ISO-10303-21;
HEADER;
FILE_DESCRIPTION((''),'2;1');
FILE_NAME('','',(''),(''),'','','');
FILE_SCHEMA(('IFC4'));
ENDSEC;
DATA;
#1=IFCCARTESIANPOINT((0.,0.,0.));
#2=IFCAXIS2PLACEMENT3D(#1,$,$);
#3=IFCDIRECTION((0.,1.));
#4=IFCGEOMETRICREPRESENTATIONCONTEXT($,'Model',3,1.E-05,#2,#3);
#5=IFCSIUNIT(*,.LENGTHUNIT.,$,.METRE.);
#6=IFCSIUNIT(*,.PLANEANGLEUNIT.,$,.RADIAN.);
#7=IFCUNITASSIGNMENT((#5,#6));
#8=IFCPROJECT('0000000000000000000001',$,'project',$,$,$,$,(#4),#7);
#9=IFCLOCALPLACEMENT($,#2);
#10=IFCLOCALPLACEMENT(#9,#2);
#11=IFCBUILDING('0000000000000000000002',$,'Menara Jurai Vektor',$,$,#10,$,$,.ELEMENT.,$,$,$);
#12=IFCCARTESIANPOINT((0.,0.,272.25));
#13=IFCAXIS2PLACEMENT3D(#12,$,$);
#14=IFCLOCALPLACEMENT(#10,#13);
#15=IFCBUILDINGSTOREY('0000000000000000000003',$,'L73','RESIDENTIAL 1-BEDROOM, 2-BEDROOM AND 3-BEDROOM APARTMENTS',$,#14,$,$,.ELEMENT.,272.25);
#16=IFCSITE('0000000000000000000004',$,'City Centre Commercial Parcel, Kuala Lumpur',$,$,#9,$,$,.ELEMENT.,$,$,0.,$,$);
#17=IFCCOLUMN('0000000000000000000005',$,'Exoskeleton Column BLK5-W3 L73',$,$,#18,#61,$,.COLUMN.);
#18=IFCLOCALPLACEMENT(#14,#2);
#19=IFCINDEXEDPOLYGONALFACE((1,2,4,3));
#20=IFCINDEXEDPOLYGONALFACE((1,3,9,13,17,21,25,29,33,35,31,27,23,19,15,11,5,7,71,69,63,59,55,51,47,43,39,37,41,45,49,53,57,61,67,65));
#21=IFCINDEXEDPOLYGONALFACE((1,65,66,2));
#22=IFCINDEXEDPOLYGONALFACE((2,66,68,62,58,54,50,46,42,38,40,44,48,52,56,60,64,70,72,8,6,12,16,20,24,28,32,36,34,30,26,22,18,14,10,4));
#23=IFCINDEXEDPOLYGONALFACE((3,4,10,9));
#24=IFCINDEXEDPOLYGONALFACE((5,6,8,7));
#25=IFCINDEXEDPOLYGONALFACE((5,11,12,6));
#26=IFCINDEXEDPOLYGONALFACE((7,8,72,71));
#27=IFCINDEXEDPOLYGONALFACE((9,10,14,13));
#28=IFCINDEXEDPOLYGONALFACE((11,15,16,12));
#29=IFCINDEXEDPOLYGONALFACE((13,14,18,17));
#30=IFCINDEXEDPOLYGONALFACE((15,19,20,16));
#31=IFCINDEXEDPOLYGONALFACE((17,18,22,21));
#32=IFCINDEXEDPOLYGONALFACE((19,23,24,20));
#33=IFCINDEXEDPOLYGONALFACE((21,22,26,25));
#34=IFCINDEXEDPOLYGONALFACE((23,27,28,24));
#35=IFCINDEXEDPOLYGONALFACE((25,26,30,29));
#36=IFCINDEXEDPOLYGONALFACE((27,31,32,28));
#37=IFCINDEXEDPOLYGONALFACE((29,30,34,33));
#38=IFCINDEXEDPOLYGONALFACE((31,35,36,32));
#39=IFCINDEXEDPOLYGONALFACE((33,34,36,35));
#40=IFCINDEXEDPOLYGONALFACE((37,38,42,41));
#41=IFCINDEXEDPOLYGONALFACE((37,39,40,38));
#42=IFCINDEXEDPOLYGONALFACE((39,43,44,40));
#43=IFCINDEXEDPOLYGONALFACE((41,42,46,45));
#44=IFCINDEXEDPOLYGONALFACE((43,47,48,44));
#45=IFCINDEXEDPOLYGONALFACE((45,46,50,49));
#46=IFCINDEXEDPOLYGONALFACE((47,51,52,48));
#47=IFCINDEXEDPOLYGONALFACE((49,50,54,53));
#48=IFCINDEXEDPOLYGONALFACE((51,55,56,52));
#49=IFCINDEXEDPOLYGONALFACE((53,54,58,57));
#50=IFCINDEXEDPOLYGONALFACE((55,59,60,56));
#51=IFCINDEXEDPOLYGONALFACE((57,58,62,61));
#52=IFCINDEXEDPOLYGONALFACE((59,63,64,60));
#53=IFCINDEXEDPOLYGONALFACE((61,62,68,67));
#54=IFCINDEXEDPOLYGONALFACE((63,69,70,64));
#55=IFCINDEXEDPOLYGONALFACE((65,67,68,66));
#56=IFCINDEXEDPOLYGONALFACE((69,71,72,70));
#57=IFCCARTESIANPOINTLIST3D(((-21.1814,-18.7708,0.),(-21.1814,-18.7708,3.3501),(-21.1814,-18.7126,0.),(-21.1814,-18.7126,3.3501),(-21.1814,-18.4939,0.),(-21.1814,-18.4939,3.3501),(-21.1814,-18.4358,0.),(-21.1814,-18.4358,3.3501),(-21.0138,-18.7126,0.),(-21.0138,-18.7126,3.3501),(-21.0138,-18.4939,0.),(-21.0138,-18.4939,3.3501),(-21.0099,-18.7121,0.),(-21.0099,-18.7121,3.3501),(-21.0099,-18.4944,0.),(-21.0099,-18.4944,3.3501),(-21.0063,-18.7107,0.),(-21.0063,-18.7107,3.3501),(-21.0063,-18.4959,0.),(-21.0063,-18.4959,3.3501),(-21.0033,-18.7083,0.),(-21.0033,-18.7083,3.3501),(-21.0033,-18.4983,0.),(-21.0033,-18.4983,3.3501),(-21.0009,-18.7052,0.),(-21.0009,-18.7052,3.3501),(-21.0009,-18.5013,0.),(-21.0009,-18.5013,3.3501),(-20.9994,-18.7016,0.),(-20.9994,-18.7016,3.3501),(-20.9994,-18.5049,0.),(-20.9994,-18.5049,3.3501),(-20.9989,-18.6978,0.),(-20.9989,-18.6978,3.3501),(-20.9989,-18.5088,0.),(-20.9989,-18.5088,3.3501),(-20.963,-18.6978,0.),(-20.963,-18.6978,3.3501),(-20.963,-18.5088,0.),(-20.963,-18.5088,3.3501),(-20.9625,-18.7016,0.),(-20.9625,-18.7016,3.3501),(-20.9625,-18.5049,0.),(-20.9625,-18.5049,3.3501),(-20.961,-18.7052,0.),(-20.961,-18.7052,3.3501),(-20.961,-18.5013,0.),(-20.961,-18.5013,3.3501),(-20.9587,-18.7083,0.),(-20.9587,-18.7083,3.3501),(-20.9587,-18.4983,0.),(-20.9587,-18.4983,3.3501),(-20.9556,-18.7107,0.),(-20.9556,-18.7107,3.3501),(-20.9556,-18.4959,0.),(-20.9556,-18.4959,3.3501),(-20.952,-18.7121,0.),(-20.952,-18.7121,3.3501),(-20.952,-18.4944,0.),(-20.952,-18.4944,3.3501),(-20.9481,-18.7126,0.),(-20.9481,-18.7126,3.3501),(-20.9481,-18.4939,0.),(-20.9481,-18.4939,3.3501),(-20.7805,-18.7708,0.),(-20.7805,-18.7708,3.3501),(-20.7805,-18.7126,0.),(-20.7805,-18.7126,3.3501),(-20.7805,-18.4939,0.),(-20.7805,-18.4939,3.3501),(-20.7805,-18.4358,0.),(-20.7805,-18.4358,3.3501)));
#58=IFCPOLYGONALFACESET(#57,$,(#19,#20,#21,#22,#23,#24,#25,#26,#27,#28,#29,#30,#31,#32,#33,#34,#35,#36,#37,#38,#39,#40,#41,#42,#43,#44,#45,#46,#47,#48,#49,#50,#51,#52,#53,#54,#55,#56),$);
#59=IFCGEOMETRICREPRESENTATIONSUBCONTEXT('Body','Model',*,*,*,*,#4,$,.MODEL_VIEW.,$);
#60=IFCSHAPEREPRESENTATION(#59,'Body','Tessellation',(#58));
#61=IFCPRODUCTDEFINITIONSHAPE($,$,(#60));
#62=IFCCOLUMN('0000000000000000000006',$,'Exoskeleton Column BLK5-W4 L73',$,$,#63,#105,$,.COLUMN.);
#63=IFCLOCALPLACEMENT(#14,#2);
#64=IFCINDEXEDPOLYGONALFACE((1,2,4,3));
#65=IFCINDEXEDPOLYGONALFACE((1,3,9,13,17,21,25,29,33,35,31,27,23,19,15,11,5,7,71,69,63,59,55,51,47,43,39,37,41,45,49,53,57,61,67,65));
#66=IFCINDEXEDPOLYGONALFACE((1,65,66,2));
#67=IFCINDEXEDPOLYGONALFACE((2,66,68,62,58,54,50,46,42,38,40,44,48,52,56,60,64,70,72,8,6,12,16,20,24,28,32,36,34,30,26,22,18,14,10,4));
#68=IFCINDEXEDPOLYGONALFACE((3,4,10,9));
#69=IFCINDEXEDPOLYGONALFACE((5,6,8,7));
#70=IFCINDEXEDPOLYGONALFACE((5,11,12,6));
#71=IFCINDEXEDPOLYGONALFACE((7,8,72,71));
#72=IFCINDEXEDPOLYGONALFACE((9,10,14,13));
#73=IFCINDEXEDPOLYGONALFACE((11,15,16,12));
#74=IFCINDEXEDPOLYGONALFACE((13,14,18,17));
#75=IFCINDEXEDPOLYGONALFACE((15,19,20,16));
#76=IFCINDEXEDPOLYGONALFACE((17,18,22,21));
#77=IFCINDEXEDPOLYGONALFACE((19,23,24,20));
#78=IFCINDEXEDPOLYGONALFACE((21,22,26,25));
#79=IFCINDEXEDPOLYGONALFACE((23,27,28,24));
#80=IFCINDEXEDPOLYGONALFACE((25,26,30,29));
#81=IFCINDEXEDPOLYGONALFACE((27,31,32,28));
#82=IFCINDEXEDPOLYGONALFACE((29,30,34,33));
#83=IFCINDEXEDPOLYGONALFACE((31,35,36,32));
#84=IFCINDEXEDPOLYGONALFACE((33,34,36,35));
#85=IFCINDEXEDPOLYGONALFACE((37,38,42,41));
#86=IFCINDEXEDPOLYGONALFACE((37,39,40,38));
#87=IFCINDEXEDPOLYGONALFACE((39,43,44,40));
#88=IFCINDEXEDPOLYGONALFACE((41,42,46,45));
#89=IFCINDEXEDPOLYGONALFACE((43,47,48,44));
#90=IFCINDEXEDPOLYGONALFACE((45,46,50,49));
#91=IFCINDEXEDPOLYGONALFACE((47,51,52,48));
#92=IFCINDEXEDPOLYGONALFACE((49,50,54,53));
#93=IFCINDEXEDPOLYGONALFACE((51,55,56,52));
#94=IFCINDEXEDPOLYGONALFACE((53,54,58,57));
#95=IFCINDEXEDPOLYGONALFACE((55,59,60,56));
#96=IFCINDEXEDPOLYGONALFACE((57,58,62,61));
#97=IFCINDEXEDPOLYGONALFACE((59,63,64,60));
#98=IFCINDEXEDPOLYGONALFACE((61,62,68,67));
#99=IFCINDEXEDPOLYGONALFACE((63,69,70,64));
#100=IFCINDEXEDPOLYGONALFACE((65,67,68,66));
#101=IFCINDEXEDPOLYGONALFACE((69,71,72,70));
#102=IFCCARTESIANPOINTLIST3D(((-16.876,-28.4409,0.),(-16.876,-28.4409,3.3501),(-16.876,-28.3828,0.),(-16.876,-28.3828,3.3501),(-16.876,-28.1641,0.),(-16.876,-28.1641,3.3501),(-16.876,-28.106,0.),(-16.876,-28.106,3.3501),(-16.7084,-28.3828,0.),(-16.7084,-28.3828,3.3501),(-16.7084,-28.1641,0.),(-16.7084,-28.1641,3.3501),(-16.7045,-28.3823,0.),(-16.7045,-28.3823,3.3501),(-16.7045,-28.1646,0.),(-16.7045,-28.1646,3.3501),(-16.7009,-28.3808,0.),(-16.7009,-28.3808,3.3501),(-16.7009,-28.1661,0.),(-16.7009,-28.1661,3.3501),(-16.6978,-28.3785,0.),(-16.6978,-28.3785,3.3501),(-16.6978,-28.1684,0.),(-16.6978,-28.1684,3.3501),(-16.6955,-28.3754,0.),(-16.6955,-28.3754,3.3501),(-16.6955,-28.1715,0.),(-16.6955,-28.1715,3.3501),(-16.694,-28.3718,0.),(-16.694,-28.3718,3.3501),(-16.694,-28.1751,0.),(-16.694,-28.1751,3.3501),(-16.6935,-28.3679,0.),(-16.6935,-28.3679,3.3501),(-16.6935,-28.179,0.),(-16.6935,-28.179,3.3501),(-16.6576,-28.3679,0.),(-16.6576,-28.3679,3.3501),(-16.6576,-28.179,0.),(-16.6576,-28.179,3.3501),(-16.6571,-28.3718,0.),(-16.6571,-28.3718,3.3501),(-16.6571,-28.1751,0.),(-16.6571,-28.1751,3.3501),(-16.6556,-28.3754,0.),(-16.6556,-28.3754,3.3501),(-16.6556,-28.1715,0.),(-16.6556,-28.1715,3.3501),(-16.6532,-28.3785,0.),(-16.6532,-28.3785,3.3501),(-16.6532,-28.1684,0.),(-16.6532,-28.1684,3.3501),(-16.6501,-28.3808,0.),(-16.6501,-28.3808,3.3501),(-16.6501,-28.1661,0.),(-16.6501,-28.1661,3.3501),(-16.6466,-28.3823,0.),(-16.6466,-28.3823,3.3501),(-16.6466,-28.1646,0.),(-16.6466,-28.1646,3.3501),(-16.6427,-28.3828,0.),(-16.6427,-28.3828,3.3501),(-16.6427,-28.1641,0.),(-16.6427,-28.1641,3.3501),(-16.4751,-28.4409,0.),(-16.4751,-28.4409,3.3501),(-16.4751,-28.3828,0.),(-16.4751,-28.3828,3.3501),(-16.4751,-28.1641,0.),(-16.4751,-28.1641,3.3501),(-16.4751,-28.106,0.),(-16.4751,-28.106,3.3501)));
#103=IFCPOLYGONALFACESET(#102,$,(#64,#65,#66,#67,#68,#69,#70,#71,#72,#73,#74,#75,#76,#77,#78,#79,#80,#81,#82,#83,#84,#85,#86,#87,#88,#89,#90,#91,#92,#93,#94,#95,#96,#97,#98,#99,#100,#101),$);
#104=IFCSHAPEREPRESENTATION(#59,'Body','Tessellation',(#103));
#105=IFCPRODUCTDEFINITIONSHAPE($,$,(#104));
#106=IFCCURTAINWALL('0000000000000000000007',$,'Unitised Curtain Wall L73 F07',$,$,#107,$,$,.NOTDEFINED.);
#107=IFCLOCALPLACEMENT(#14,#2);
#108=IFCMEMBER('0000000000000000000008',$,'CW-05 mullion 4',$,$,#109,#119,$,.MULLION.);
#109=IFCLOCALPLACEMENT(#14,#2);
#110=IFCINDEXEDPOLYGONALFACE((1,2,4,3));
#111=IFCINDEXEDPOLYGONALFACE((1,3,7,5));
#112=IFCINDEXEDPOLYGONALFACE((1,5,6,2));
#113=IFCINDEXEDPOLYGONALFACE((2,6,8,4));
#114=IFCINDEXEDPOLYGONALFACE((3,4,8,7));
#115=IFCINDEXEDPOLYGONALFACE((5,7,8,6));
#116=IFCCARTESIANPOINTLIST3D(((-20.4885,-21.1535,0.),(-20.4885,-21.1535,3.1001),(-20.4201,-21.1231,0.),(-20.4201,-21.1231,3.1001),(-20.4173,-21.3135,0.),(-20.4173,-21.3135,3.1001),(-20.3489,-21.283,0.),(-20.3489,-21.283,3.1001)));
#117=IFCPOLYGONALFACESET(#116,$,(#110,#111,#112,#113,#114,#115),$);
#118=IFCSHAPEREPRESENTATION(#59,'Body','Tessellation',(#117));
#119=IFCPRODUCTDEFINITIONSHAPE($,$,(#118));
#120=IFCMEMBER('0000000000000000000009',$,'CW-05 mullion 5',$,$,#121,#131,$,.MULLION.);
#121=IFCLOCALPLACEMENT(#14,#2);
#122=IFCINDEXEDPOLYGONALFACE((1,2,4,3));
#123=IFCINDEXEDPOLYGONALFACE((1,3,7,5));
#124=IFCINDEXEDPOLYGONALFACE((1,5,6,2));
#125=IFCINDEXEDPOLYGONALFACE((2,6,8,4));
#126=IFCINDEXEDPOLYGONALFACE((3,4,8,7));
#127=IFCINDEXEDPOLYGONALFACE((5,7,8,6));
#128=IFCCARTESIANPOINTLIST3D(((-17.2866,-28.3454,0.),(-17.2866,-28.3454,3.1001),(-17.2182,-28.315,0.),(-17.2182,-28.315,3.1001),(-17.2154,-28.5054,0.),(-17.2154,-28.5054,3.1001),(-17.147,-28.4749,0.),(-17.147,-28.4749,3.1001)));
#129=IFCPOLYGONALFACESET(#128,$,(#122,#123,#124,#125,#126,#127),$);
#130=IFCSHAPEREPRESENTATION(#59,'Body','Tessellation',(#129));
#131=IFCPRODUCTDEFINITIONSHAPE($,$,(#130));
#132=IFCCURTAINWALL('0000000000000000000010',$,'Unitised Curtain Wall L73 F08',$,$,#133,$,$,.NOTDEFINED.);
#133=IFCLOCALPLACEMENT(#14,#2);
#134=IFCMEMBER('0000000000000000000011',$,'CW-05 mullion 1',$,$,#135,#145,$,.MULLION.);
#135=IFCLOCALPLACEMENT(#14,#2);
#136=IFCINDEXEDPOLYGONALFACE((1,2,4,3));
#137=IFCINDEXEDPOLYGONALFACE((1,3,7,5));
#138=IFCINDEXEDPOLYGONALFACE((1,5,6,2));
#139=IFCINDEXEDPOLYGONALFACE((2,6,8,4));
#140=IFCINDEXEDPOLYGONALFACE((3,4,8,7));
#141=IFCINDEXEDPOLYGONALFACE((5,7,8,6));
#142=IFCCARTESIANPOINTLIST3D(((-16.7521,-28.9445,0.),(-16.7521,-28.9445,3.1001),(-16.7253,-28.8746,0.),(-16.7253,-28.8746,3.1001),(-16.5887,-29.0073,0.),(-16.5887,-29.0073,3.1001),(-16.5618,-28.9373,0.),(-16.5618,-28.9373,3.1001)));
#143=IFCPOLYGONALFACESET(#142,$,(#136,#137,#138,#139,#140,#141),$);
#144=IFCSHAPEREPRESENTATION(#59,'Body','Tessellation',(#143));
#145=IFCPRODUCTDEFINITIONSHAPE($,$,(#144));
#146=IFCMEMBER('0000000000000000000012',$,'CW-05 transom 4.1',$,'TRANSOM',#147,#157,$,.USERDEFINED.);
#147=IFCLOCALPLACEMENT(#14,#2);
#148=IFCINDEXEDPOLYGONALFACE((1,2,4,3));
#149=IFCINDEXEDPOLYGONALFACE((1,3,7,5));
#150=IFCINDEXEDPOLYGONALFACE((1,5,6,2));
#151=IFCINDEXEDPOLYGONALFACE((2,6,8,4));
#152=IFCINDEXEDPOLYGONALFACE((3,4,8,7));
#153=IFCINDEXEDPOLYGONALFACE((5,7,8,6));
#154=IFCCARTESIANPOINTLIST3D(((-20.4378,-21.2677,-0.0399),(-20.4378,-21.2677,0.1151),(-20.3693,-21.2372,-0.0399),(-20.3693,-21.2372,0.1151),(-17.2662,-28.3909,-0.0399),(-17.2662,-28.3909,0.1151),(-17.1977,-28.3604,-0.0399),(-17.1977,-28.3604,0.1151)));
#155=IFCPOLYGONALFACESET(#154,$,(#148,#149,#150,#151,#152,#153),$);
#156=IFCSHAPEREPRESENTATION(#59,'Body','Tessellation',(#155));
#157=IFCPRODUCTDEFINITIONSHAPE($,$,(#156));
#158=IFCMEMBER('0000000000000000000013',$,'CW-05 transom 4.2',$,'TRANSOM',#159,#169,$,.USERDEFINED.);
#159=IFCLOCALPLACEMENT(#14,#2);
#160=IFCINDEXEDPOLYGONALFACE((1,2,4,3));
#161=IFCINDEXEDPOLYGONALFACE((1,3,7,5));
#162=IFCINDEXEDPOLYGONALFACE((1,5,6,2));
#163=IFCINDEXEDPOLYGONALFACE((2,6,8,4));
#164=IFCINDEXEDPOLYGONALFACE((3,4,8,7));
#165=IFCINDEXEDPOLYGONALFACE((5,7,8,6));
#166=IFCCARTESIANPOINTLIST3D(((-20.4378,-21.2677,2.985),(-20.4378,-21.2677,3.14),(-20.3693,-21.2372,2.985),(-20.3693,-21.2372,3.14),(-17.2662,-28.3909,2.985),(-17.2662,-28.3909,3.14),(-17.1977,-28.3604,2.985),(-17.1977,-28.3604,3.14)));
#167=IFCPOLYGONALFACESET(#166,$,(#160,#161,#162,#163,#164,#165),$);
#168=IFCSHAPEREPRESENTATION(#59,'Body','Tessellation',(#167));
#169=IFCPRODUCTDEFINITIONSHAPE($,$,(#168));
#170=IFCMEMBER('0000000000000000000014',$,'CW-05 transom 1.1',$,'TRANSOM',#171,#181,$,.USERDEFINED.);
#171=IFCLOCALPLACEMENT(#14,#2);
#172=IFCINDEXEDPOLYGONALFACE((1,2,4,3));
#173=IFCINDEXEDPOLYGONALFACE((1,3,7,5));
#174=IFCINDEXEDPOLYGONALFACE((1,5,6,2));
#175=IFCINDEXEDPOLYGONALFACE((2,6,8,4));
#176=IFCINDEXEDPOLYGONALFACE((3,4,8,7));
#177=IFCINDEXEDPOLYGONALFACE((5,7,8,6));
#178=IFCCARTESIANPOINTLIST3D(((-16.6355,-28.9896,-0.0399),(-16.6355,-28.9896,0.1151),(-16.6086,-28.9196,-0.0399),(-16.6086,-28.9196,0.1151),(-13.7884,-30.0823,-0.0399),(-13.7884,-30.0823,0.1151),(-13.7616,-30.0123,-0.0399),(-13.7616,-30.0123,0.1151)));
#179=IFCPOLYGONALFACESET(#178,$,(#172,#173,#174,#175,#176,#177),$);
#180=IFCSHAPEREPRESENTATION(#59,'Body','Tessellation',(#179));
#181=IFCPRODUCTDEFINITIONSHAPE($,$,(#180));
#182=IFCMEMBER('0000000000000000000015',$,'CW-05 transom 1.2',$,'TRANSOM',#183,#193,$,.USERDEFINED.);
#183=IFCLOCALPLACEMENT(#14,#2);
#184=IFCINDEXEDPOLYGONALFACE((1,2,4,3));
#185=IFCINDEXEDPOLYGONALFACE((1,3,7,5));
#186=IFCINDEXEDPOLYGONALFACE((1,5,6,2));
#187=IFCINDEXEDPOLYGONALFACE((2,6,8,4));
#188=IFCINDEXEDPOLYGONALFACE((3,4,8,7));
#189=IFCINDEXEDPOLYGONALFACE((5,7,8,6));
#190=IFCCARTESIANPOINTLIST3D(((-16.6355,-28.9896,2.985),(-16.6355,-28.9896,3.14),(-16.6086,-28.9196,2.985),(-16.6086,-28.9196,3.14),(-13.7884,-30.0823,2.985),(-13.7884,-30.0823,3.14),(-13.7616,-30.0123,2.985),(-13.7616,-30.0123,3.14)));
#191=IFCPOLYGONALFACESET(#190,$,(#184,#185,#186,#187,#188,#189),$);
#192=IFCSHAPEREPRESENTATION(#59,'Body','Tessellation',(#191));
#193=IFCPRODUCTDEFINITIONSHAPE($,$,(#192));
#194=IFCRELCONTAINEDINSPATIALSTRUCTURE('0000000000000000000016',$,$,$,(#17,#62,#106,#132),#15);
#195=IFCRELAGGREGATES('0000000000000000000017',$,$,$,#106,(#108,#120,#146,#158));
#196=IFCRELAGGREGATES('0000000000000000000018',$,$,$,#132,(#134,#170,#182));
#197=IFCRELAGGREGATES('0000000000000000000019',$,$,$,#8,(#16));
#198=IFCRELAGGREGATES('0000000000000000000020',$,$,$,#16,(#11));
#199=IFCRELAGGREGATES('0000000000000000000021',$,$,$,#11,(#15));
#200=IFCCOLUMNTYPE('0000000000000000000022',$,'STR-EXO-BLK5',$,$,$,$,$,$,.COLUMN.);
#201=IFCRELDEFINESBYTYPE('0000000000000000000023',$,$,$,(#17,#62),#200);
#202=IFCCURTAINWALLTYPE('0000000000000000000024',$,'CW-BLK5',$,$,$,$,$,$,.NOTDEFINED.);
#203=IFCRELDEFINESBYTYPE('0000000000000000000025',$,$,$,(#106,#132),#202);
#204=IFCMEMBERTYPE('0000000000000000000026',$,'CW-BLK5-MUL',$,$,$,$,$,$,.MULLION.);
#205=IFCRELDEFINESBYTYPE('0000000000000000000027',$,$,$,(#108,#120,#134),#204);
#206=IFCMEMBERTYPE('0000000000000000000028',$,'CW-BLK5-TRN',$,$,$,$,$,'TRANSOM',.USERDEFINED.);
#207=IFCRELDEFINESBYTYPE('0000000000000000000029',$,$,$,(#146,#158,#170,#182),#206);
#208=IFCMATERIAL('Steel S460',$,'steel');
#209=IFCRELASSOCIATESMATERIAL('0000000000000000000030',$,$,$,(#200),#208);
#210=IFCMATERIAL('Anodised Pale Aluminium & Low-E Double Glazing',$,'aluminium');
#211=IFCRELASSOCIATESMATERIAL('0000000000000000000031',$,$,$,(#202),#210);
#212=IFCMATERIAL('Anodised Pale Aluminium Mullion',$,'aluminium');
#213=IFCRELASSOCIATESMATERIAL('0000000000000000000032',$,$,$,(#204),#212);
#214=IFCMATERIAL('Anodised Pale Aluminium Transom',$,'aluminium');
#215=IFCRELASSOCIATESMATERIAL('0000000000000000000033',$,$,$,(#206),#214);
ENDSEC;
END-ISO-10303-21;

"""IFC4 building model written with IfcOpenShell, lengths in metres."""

from ifc_helpers import new_model, si_unit, direction, frame, origin, origin_2d, place, context, subcontext, project, spatial, rectangle, i_section, extrude, material, material_profile, profile_set, type_object, element, aggregate, save


model = new_model("IFC4")

# Units and contexts
model_context = context("Model", 3, precision=1e-05, world=origin(), true_north=direction((0.0, 1.0)))
body_context = subcontext(model_context, "Body", "Model", "MODEL_VIEW")
ifc_project = project(units=[si_unit("LENGTHUNIT", "METRE"), si_unit("PLANEANGLEUNIT", "RADIAN")], contexts=[model_context])

# Site, building, storey
site_placement = place(None, origin())
site = spatial("IfcSite", under=ifc_project, at=site_placement, Name="City Centre Commercial Parcel, Kuala Lumpur", CompositionType="ELEMENT", RefElevation=0.0)
building_placement = place(site_placement, origin())
building = spatial("IfcBuilding", under=site, at=building_placement, Name="Menara Jurai Vektor", CompositionType="ELEMENT")
storey_placement = place(building_placement, frame((0.0, 0.0, 272.25)))
storey = spatial("IfcBuildingStorey", under=building, at=storey_placement, Name="L73", Description="RESIDENTIAL 1-BEDROOM, 2-BEDROOM AND 3-BEDROOM APARTMENTS", CompositionType="ELEMENT", Elevation=272.25)

# Columns
ifc_material_1 = material(Name="Steel S460", Category="steel")
ifc_material_profile_1 = material_profile(ifc_material_1, i_section(OverallWidth=0.4009, OverallDepth=0.335, WebThickness=0.0359, FlangeThickness=0.0581, FilletRadius=0.0149, at=origin_2d()), Name="HD 400x463")
ifc_profile_set_1 = profile_set([ifc_material_profile_1], Name="Steel S460")
column_type = type_object("IfcColumnType", Name="STR-EXO-BLK5", PredefinedType="COLUMN", material=ifc_profile_set_1)
for number, where, z_axis, x_axis, name in (
    (1, (-20.981, -18.6033, 0.0), (0.0, 0.0, 1.0), (1.0, 0.0, 0.0), "Exoskeleton Column BLK5-W3 L73"),
    (2, (-16.6755, -28.2734, 0.0), (0.0, 0.0, 1.0), (1.0, 0.0, 0.0), "Exoskeleton Column BLK5-W4 L73"),
):
    element("IfcColumn", number, at=place(storey_placement, frame(where, z_axis=z_axis, x_axis=x_axis)), inside=storey, type_object=column_type, Name=name, PredefinedType="COLUMN", context=body_context, shape_type="SweptSolid", body=[
        extrude(i_section(OverallWidth=0.4009, OverallDepth=0.335, WebThickness=0.0359, FlangeThickness=0.0581, FilletRadius=0.0149, at=origin_2d()), origin(), (0.0, 0.0, 1.0), 3.3501),
    ])

# Curtain wall, members
ifc_material_2 = material(Name="Anodised Pale Aluminium & Low-E Double Glazing", Category="aluminium")
curtain_wall_type = type_object("IfcCurtainWallType", Name="CW-BLK5", PredefinedType="NOTDEFINED", material=ifc_material_2)
curtain_wall_1_placement = place(storey_placement, origin())
curtain_wall_1 = element("IfcCurtainWall", 3, at=curtain_wall_1_placement, inside=storey, type_object=curtain_wall_type, Name="Unitised Curtain Wall L73 F07", PredefinedType="NOTDEFINED")
ifc_material_3 = material(Name="Anodised Pale Aluminium Mullion", Category="aluminium")
ifc_material_profile_2 = material_profile(ifc_material_3, rectangle(XDim=0.075, YDim=0.175, at=origin_2d()), Name="ALU MUL 75x175")
ifc_profile_set_2 = profile_set([ifc_material_profile_2], Name="Anodised Pale Aluminium Mullion")
member_type_1 = type_object("IfcMemberType", Name="CW-BLK5-MUL", PredefinedType="MULLION", material=ifc_profile_set_2)
member_1_placement = place(storey_placement, frame((-20.4187, -21.2183, 0.0), z_axis=(0.0, 0.0, 1.0), x_axis=(0.913546, 0.406735, 0.0)))
member_1 = element("IfcMember", 4, at=member_1_placement, type_object=member_type_1, Name="CW-05 mullion 4", PredefinedType="MULLION", context=body_context, shape_type="SweptSolid", body=[
    extrude(rectangle(XDim=0.075, YDim=0.175, at=origin_2d()), origin(), (0.0, 0.0, 1.0), 3.1001),
])
member_2_placement = place(storey_placement, frame((-17.2168, -28.4102, 0.0), z_axis=(0.0, 0.0, 1.0), x_axis=(0.913546, 0.406735, 0.0)))
member_2 = element("IfcMember", 5, at=member_2_placement, type_object=member_type_1, Name="CW-05 mullion 5", PredefinedType="MULLION", context=body_context, shape_type="SweptSolid", body=[
    extrude(rectangle(XDim=0.075, YDim=0.175, at=origin_2d()), origin(), (0.0, 0.0, 1.0), 3.1001),
])

# Curtain wall, member
curtain_wall_2_placement = place(storey_placement, origin())
curtain_wall_2 = element("IfcCurtainWall", 6, at=curtain_wall_2_placement, inside=storey, type_object=curtain_wall_type, Name="Unitised Curtain Wall L73 F08", PredefinedType="NOTDEFINED")
member_3_placement = place(storey_placement, frame((-16.657, -28.9409, 0.0), z_axis=(0.0, 0.0, 1.0), x_axis=(0.358374, 0.933578, 0.0)))
member_3 = element("IfcMember", 7, at=member_3_placement, type_object=member_type_1, Name="CW-05 mullion 1", PredefinedType="MULLION", context=body_context, shape_type="SweptSolid", body=[
    extrude(rectangle(XDim=0.075, YDim=0.175, at=origin_2d()), origin(), (0.0, 0.0, 1.0), 3.1001),
])

# Members
ifc_material_4 = material(Name="Anodised Pale Aluminium Transom", Category="aluminium")
ifc_material_profile_3 = material_profile(ifc_material_4, rectangle(XDim=0.075, YDim=0.155, at=origin_2d()), Name="ALU TRN 75x155")
ifc_profile_set_3 = profile_set([ifc_material_profile_3], Name="Anodised Pale Aluminium Transom")
member_type_2 = type_object("IfcMemberType", Name="CW-BLK5-TRN", ElementType="TRANSOM", PredefinedType="USERDEFINED", material=ifc_profile_set_3)
member_4_placement = place(storey_placement, frame((-20.4036, -21.2524, 0.0376), z_axis=(0.406751, -0.913539, 0.0), x_axis=(0.913539, 0.406751, 0.0)))
member_4 = element("IfcMember", 8, at=member_4_placement, type_object=member_type_2, Name="CW-05 transom 4.1", ObjectType="TRANSOM", PredefinedType="USERDEFINED", context=body_context, shape_type="SweptSolid", body=[
    extrude(rectangle(XDim=0.075, YDim=0.155, at=origin_2d()), origin(), (0.0, 0.0, 1.0), 7.7974),
])
member_5_placement = place(storey_placement, frame((-20.4036, -21.2524, 3.0625), z_axis=(0.406751, -0.913539, 0.0), x_axis=(0.913539, 0.406751, 0.0)))
member_5 = element("IfcMember", 9, at=member_5_placement, type_object=member_type_2, Name="CW-05 transom 4.2", ObjectType="TRANSOM", PredefinedType="USERDEFINED", context=body_context, shape_type="SweptSolid", body=[
    extrude(rectangle(XDim=0.075, YDim=0.155, at=origin_2d()), origin(), (0.0, 0.0, 1.0), 7.7974),
])
member_6_placement = place(storey_placement, frame((-16.6221, -28.9546, 0.0376), z_axis=(0.933597, -0.358325, 0.0), x_axis=(0.358325, 0.933597, 0.0)))
member_6 = element("IfcMember", 10, at=member_6_placement, type_object=member_type_2, Name="CW-05 transom 1.1", ObjectType="TRANSOM", PredefinedType="USERDEFINED", context=body_context, shape_type="SweptSolid", body=[
    extrude(rectangle(XDim=0.075, YDim=0.155, at=origin_2d()), origin(), (0.0, 0.0, 1.0), 3.0496),
])
member_7_placement = place(storey_placement, frame((-16.6221, -28.9546, 3.0625), z_axis=(0.933597, -0.358325, 0.0), x_axis=(0.358325, 0.933597, 0.0)))
member_7 = element("IfcMember", 11, at=member_7_placement, type_object=member_type_2, Name="CW-05 transom 1.2", ObjectType="TRANSOM", PredefinedType="USERDEFINED", context=body_context, shape_type="SweptSolid", body=[
    extrude(rectangle(XDim=0.075, YDim=0.155, at=origin_2d()), origin(), (0.0, 0.0, 1.0), 3.0496),
])

aggregate(curtain_wall_1, [member_1, member_2, member_4, member_5])
aggregate(curtain_wall_2, [member_3, member_6, member_7])

save(model, "model.ifc")
